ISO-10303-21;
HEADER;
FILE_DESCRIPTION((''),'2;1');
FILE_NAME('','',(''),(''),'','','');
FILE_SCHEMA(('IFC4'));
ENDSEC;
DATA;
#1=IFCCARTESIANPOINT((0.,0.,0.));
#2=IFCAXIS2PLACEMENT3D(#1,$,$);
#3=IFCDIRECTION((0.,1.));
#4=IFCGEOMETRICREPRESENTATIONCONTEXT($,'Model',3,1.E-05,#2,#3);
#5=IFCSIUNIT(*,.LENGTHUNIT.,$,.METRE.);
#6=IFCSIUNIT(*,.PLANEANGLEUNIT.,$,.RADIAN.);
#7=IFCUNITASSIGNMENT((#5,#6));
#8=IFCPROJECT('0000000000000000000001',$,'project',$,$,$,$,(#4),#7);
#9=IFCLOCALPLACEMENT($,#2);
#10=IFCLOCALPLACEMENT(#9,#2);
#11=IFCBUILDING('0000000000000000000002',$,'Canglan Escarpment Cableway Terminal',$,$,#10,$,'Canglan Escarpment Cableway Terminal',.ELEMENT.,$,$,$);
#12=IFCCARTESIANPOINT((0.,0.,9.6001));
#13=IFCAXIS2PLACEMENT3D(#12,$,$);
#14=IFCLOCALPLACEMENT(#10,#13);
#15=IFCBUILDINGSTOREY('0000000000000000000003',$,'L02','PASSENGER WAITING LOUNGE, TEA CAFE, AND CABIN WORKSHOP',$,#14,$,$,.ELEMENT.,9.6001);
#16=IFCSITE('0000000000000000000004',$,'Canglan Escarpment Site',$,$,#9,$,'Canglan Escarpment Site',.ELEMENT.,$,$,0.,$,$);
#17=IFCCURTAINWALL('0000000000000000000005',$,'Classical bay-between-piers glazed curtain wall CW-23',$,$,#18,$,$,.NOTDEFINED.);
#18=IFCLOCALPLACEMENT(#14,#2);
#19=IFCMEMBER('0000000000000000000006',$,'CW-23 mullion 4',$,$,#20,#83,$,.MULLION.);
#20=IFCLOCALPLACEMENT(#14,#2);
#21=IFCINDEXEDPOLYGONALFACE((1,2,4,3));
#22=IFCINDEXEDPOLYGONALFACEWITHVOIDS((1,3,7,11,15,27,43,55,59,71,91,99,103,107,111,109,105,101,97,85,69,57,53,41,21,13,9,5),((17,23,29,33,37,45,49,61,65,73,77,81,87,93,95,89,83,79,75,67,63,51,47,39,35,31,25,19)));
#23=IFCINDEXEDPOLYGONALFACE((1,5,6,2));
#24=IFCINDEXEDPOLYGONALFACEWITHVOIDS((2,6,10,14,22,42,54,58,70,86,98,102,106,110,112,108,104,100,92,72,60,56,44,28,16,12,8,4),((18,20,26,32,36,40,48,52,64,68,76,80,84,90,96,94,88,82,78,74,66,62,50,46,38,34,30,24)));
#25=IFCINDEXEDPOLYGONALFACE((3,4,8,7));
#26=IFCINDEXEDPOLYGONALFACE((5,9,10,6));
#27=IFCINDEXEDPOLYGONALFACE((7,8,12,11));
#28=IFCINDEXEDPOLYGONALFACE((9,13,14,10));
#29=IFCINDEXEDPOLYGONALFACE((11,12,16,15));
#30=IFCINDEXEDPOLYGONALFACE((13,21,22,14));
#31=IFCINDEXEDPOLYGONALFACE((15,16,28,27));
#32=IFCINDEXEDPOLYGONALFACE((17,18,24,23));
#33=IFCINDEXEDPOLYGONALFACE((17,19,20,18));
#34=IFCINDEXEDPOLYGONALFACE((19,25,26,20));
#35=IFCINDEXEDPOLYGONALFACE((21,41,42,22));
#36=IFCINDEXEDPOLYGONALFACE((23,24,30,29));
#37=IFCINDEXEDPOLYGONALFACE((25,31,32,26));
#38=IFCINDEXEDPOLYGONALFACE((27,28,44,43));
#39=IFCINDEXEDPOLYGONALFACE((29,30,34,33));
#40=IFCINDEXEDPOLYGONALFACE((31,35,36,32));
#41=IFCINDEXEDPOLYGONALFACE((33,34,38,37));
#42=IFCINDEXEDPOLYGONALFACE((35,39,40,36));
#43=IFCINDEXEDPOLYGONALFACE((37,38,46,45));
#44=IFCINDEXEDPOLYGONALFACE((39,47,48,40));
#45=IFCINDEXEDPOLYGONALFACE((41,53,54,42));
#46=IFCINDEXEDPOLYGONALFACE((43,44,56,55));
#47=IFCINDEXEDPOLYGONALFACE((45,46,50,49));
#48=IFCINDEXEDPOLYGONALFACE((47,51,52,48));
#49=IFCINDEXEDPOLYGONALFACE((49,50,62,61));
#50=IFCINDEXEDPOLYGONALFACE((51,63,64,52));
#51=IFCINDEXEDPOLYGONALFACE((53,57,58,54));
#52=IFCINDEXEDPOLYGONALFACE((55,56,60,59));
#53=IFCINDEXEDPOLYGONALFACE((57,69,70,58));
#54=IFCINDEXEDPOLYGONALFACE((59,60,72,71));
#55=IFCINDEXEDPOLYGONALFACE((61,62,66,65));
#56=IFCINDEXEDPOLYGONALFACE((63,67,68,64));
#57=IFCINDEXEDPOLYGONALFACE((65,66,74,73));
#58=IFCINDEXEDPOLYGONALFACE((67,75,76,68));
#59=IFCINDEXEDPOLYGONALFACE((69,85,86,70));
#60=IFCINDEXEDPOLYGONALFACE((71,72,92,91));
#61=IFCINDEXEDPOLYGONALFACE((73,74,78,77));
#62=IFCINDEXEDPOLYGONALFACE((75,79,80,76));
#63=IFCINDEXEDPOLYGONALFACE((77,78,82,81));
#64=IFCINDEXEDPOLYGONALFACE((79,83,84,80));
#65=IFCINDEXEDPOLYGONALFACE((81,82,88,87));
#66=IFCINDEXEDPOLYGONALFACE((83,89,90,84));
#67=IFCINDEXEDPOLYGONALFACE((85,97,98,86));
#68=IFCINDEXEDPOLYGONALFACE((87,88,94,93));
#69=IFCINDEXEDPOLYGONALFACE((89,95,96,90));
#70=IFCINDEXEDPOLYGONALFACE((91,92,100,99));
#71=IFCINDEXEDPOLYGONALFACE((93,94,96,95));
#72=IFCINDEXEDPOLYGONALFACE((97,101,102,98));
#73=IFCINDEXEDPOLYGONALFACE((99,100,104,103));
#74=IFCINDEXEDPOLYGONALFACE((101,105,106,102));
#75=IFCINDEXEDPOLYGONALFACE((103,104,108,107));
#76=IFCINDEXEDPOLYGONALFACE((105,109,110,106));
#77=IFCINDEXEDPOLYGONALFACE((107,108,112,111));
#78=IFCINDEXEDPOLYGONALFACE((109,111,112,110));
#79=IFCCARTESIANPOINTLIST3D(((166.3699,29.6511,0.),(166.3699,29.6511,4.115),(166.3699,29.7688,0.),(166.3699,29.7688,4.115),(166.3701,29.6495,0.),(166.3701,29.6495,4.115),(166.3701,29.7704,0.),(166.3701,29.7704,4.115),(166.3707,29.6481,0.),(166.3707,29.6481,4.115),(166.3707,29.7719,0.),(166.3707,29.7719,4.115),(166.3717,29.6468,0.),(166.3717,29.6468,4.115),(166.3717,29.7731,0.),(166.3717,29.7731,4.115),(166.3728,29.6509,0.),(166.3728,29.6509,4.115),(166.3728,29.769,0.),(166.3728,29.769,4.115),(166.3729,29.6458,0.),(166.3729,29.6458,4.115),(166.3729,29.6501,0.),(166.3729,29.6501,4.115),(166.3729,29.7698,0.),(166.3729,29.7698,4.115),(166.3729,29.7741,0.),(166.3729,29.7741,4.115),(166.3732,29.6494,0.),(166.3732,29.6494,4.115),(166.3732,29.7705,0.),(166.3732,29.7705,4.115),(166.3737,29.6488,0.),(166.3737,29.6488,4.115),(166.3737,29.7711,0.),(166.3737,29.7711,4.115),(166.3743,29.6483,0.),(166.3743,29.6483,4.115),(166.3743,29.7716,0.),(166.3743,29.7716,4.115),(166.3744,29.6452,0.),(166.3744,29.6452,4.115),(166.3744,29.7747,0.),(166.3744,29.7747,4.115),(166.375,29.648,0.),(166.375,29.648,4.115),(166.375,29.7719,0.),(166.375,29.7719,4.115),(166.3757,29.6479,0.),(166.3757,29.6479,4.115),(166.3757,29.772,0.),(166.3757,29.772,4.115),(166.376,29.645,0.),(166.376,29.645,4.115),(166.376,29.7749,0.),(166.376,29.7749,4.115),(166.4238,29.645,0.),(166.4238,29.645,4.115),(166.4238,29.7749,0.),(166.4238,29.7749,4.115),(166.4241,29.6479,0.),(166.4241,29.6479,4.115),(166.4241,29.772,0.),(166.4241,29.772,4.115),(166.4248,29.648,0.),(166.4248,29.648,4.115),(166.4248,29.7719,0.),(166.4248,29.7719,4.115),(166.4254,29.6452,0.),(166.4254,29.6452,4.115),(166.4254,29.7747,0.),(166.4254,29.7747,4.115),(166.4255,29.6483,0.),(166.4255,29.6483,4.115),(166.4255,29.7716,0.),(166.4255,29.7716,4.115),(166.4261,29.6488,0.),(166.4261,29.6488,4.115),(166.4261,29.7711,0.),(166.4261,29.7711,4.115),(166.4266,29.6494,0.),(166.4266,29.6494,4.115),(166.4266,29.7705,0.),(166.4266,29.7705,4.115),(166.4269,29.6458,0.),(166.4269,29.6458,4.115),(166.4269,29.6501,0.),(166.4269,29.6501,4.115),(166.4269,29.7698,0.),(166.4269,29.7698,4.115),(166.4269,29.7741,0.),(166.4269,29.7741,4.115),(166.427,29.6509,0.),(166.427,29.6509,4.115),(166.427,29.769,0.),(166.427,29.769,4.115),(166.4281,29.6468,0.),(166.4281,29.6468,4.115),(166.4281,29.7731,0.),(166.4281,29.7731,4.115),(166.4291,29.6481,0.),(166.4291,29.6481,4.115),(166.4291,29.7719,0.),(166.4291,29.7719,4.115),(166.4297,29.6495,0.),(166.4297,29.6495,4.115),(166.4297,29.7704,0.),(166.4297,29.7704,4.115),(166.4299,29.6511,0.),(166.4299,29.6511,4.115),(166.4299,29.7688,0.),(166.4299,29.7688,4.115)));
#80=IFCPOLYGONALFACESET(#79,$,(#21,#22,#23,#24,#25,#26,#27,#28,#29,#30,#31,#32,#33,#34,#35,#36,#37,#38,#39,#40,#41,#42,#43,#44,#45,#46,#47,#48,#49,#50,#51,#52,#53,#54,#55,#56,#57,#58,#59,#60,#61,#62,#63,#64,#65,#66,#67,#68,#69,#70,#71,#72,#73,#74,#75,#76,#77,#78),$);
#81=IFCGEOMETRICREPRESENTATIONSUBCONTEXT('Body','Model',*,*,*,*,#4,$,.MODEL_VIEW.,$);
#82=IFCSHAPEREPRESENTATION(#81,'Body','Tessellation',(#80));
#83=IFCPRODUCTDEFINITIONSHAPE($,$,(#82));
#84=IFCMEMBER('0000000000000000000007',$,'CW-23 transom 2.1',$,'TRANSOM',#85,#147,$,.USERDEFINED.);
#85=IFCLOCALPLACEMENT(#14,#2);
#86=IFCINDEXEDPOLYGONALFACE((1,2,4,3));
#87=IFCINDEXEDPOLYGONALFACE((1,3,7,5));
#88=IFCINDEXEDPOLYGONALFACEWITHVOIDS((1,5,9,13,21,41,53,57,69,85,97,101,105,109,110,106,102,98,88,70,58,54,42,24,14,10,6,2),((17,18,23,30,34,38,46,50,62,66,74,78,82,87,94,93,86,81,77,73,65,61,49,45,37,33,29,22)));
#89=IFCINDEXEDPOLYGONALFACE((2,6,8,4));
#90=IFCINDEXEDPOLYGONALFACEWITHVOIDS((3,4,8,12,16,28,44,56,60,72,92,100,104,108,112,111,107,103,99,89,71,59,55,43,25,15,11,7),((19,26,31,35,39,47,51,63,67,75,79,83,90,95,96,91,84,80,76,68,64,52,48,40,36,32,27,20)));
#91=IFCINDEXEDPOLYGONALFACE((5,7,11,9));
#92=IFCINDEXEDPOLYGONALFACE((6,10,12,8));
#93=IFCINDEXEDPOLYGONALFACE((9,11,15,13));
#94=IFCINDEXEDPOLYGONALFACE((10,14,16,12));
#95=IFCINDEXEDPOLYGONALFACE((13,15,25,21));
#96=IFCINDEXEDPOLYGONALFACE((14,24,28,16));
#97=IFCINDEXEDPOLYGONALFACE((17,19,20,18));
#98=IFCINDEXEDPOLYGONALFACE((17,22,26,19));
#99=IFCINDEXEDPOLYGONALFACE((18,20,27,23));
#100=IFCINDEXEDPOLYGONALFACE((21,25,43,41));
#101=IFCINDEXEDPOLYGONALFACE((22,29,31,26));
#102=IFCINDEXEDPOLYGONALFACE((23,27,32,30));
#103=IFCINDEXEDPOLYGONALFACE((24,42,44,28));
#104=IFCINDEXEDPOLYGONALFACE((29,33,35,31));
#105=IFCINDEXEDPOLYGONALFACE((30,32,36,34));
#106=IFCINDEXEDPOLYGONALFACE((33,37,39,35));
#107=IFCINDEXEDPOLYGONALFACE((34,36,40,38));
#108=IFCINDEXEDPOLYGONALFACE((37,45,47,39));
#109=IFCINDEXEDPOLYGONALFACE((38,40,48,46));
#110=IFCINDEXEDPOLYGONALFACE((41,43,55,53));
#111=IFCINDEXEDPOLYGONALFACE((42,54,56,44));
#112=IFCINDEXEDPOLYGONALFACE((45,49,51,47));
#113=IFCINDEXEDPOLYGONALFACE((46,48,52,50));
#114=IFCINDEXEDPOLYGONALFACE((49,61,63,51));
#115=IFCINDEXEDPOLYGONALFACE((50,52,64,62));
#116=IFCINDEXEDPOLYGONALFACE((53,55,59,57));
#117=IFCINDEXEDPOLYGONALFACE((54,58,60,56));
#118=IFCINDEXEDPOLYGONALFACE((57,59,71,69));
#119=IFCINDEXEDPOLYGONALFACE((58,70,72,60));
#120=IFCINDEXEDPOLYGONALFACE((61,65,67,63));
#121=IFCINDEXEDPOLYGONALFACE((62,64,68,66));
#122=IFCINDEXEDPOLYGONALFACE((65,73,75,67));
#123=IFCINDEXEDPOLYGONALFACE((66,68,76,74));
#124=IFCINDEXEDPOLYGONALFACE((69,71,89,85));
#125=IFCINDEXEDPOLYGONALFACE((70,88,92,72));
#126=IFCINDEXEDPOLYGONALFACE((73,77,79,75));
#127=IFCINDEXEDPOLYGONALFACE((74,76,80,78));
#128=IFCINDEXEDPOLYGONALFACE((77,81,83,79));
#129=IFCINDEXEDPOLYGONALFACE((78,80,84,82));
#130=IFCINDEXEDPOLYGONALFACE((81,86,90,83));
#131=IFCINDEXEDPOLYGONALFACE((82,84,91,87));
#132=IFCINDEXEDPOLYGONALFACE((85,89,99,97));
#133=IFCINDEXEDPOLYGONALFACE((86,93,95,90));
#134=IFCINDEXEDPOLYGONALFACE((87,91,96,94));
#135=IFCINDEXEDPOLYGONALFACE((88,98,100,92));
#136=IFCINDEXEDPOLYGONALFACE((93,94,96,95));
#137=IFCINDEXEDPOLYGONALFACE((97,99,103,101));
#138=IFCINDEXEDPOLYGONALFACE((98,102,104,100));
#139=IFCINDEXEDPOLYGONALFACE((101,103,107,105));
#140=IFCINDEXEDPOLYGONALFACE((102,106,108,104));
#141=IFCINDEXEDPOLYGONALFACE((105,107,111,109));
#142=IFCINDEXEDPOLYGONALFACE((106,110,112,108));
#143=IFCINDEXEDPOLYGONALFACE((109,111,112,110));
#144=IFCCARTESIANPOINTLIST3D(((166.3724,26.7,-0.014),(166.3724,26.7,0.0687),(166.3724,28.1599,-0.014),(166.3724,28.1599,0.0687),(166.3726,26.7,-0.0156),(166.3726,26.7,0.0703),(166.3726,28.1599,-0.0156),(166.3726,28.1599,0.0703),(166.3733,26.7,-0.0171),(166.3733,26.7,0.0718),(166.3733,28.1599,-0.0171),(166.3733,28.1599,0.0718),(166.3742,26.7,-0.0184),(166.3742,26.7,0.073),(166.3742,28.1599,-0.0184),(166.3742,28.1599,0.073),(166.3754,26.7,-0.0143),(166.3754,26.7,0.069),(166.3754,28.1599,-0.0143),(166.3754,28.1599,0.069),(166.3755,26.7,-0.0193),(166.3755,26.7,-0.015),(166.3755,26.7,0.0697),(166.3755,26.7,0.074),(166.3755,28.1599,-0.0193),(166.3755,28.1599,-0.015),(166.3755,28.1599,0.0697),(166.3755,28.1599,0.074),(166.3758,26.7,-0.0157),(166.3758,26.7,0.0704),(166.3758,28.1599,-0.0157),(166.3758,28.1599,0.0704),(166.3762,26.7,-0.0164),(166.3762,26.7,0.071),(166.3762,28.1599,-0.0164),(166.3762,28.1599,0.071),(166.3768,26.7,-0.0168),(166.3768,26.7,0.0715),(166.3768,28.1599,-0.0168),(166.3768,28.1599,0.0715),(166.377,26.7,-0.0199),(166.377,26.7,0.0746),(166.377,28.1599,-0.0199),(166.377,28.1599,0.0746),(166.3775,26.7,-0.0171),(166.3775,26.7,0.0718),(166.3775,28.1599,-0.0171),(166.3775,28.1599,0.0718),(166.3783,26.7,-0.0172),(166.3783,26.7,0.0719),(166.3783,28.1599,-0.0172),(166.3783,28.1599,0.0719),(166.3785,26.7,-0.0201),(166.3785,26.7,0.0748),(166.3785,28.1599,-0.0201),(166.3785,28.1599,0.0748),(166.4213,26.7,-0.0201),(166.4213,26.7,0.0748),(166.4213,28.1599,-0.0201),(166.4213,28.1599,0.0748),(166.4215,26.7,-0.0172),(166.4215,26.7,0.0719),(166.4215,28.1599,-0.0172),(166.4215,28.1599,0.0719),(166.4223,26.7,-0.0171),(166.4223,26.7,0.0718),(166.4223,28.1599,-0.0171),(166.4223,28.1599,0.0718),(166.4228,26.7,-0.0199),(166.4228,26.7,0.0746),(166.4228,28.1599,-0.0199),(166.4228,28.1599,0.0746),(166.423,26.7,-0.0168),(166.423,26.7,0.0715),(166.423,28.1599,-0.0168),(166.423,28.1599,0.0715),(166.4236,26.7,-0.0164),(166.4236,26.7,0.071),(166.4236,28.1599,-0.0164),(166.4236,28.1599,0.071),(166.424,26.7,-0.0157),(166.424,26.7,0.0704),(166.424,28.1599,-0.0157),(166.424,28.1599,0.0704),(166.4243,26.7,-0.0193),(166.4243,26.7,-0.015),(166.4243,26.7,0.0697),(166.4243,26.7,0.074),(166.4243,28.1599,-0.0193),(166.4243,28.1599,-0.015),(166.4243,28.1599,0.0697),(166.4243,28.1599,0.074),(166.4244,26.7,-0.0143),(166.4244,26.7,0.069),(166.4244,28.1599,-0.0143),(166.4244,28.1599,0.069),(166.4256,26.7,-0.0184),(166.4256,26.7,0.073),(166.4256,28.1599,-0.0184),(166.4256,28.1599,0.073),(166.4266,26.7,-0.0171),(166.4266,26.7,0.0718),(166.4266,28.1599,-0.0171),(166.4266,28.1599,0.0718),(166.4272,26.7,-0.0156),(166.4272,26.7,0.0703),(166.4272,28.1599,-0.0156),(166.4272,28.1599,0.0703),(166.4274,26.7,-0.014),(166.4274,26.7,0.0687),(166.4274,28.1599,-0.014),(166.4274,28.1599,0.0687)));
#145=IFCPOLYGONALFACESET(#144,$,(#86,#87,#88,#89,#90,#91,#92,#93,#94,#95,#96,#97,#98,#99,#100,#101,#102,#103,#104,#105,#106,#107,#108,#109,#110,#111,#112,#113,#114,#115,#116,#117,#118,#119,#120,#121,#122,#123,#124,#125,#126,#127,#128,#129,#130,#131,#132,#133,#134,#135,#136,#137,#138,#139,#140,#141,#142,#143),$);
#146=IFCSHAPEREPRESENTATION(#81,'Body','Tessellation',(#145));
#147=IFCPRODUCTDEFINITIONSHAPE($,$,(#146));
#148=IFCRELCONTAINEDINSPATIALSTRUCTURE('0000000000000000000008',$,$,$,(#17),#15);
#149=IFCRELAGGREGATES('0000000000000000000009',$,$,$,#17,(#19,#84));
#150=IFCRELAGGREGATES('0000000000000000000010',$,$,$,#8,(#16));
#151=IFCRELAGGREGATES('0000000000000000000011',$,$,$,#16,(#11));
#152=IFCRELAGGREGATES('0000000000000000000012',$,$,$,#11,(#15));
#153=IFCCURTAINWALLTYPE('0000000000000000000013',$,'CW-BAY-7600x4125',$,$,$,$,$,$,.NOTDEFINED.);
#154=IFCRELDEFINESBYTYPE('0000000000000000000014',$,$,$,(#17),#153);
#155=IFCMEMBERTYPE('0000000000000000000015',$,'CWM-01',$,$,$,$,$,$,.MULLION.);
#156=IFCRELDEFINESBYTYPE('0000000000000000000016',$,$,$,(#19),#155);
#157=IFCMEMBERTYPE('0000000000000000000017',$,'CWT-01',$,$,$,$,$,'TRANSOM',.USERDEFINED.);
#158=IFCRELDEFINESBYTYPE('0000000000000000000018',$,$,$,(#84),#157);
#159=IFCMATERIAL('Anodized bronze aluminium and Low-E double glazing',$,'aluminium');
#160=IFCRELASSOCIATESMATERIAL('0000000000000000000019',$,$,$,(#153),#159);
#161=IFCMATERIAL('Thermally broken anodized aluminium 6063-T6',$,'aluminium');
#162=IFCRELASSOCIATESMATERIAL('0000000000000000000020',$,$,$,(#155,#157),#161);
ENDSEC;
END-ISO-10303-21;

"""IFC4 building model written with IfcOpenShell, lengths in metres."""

from ifc_helpers import new_model, si_unit, direction, frame, origin, origin_2d, place, context, subcontext, project, spatial, hollow_rectangle, extrude, material, material_profile, profile_set, type_object, element, aggregate, save


model = new_model("IFC4")

# Units and contexts
model_context = context("Model", 3, precision=1e-05, world=origin(), true_north=direction((0.0, 1.0)))
body_context = subcontext(model_context, "Body", "Model", "MODEL_VIEW")
ifc_project = project(units=[si_unit("LENGTHUNIT", "METRE"), si_unit("PLANEANGLEUNIT", "RADIAN")], contexts=[model_context])

# Site, building, storey
site_placement = place(None, origin())
site = spatial("IfcSite", under=ifc_project, at=site_placement, Name="Canglan Escarpment Site", LongName="Canglan Escarpment Site", CompositionType="ELEMENT", RefElevation=0.0)
building_placement = place(site_placement, origin())
building = spatial("IfcBuilding", under=site, at=building_placement, Name="Canglan Escarpment Cableway Terminal", LongName="Canglan Escarpment Cableway Terminal", CompositionType="ELEMENT")
storey_placement = place(building_placement, frame((0.0, 0.0, 9.6001)))
storey = spatial("IfcBuildingStorey", under=building, at=storey_placement, Name="L02", Description="PASSENGER WAITING LOUNGE, TEA CAFE, AND CABIN WORKSHOP", CompositionType="ELEMENT", Elevation=9.6001)

# Curtain wall, members
ifc_material_1 = material(Name="Anodized bronze aluminium and Low-E double glazing", Category="aluminium")
curtain_wall_type = type_object("IfcCurtainWallType", Name="CW-BAY-7600x4125", PredefinedType="NOTDEFINED", material=ifc_material_1)
curtain_wall_placement = place(storey_placement, origin())
curtain_wall = element("IfcCurtainWall", 1, at=curtain_wall_placement, inside=storey, type_object=curtain_wall_type, Name="Classical bay-between-piers glazed curtain wall CW-23", PredefinedType="NOTDEFINED")
ifc_material_2 = material(Name="Thermally broken anodized aluminium 6063-T6", Category="aluminium")
ifc_material_profile_1 = material_profile(ifc_material_2, hollow_rectangle(XDim=0.0601, YDim=0.1299, WallThickness=0.0029, InnerFilletRadius=0.0029, OuterFilletRadius=0.0061, at=origin_2d()), Name="ALU-MULL 60x130x3")
ifc_profile_set_1 = profile_set([ifc_material_profile_1], Name="Thermally broken anodized aluminium 6063-T6")
member_type_1 = type_object("IfcMemberType", Name="CWM-01", PredefinedType="MULLION", material=ifc_profile_set_1)
member_1_placement = place(storey_placement, frame((166.3999, 29.71, 0.0), z_axis=(0.0, 0.0, 1.0), x_axis=(-1.0, 0.0, 0.0)))
member_1 = element("IfcMember", 2, at=member_1_placement, type_object=member_type_1, Name="CW-23 mullion 4", PredefinedType="MULLION", context=body_context, shape_type="SweptSolid", body=[
    extrude(hollow_rectangle(XDim=0.0601, YDim=0.1299, WallThickness=0.0029, InnerFilletRadius=0.0029, OuterFilletRadius=0.0061, at=origin_2d()), origin(), (0.0, 0.0, 1.0), 4.115),
])
ifc_material_profile_2 = material_profile(ifc_material_2, hollow_rectangle(XDim=0.0549, YDim=0.095, WallThickness=0.0029, InnerFilletRadius=0.0029, OuterFilletRadius=0.0061, at=origin_2d()), Name="ALU-TRAN 55x95x3")
ifc_profile_set_2 = profile_set([ifc_material_profile_2], Name="Thermally broken anodized aluminium 6063-T6")
member_type_2 = type_object("IfcMemberType", Name="CWT-01", ElementType="TRANSOM", PredefinedType="USERDEFINED", material=ifc_profile_set_2)
member_2_placement = place(storey_placement, frame((166.3999, 26.7, 0.0273), z_axis=(0.0, 1.0, 0.0), x_axis=(-1.0, 0.0, 0.0)))
member_2 = element("IfcMember", 3, at=member_2_placement, type_object=member_type_2, Name="CW-23 transom 2.1", ObjectType="TRANSOM", PredefinedType="USERDEFINED", context=body_context, shape_type="SweptSolid", body=[
    extrude(hollow_rectangle(XDim=0.0549, YDim=0.095, WallThickness=0.0029, InnerFilletRadius=0.0029, OuterFilletRadius=0.0061, at=origin_2d()), origin(), (0.0, 0.0, 1.0), 1.46),
])

aggregate(curtain_wall, [member_1, member_2])

save(model, "model.ifc")
